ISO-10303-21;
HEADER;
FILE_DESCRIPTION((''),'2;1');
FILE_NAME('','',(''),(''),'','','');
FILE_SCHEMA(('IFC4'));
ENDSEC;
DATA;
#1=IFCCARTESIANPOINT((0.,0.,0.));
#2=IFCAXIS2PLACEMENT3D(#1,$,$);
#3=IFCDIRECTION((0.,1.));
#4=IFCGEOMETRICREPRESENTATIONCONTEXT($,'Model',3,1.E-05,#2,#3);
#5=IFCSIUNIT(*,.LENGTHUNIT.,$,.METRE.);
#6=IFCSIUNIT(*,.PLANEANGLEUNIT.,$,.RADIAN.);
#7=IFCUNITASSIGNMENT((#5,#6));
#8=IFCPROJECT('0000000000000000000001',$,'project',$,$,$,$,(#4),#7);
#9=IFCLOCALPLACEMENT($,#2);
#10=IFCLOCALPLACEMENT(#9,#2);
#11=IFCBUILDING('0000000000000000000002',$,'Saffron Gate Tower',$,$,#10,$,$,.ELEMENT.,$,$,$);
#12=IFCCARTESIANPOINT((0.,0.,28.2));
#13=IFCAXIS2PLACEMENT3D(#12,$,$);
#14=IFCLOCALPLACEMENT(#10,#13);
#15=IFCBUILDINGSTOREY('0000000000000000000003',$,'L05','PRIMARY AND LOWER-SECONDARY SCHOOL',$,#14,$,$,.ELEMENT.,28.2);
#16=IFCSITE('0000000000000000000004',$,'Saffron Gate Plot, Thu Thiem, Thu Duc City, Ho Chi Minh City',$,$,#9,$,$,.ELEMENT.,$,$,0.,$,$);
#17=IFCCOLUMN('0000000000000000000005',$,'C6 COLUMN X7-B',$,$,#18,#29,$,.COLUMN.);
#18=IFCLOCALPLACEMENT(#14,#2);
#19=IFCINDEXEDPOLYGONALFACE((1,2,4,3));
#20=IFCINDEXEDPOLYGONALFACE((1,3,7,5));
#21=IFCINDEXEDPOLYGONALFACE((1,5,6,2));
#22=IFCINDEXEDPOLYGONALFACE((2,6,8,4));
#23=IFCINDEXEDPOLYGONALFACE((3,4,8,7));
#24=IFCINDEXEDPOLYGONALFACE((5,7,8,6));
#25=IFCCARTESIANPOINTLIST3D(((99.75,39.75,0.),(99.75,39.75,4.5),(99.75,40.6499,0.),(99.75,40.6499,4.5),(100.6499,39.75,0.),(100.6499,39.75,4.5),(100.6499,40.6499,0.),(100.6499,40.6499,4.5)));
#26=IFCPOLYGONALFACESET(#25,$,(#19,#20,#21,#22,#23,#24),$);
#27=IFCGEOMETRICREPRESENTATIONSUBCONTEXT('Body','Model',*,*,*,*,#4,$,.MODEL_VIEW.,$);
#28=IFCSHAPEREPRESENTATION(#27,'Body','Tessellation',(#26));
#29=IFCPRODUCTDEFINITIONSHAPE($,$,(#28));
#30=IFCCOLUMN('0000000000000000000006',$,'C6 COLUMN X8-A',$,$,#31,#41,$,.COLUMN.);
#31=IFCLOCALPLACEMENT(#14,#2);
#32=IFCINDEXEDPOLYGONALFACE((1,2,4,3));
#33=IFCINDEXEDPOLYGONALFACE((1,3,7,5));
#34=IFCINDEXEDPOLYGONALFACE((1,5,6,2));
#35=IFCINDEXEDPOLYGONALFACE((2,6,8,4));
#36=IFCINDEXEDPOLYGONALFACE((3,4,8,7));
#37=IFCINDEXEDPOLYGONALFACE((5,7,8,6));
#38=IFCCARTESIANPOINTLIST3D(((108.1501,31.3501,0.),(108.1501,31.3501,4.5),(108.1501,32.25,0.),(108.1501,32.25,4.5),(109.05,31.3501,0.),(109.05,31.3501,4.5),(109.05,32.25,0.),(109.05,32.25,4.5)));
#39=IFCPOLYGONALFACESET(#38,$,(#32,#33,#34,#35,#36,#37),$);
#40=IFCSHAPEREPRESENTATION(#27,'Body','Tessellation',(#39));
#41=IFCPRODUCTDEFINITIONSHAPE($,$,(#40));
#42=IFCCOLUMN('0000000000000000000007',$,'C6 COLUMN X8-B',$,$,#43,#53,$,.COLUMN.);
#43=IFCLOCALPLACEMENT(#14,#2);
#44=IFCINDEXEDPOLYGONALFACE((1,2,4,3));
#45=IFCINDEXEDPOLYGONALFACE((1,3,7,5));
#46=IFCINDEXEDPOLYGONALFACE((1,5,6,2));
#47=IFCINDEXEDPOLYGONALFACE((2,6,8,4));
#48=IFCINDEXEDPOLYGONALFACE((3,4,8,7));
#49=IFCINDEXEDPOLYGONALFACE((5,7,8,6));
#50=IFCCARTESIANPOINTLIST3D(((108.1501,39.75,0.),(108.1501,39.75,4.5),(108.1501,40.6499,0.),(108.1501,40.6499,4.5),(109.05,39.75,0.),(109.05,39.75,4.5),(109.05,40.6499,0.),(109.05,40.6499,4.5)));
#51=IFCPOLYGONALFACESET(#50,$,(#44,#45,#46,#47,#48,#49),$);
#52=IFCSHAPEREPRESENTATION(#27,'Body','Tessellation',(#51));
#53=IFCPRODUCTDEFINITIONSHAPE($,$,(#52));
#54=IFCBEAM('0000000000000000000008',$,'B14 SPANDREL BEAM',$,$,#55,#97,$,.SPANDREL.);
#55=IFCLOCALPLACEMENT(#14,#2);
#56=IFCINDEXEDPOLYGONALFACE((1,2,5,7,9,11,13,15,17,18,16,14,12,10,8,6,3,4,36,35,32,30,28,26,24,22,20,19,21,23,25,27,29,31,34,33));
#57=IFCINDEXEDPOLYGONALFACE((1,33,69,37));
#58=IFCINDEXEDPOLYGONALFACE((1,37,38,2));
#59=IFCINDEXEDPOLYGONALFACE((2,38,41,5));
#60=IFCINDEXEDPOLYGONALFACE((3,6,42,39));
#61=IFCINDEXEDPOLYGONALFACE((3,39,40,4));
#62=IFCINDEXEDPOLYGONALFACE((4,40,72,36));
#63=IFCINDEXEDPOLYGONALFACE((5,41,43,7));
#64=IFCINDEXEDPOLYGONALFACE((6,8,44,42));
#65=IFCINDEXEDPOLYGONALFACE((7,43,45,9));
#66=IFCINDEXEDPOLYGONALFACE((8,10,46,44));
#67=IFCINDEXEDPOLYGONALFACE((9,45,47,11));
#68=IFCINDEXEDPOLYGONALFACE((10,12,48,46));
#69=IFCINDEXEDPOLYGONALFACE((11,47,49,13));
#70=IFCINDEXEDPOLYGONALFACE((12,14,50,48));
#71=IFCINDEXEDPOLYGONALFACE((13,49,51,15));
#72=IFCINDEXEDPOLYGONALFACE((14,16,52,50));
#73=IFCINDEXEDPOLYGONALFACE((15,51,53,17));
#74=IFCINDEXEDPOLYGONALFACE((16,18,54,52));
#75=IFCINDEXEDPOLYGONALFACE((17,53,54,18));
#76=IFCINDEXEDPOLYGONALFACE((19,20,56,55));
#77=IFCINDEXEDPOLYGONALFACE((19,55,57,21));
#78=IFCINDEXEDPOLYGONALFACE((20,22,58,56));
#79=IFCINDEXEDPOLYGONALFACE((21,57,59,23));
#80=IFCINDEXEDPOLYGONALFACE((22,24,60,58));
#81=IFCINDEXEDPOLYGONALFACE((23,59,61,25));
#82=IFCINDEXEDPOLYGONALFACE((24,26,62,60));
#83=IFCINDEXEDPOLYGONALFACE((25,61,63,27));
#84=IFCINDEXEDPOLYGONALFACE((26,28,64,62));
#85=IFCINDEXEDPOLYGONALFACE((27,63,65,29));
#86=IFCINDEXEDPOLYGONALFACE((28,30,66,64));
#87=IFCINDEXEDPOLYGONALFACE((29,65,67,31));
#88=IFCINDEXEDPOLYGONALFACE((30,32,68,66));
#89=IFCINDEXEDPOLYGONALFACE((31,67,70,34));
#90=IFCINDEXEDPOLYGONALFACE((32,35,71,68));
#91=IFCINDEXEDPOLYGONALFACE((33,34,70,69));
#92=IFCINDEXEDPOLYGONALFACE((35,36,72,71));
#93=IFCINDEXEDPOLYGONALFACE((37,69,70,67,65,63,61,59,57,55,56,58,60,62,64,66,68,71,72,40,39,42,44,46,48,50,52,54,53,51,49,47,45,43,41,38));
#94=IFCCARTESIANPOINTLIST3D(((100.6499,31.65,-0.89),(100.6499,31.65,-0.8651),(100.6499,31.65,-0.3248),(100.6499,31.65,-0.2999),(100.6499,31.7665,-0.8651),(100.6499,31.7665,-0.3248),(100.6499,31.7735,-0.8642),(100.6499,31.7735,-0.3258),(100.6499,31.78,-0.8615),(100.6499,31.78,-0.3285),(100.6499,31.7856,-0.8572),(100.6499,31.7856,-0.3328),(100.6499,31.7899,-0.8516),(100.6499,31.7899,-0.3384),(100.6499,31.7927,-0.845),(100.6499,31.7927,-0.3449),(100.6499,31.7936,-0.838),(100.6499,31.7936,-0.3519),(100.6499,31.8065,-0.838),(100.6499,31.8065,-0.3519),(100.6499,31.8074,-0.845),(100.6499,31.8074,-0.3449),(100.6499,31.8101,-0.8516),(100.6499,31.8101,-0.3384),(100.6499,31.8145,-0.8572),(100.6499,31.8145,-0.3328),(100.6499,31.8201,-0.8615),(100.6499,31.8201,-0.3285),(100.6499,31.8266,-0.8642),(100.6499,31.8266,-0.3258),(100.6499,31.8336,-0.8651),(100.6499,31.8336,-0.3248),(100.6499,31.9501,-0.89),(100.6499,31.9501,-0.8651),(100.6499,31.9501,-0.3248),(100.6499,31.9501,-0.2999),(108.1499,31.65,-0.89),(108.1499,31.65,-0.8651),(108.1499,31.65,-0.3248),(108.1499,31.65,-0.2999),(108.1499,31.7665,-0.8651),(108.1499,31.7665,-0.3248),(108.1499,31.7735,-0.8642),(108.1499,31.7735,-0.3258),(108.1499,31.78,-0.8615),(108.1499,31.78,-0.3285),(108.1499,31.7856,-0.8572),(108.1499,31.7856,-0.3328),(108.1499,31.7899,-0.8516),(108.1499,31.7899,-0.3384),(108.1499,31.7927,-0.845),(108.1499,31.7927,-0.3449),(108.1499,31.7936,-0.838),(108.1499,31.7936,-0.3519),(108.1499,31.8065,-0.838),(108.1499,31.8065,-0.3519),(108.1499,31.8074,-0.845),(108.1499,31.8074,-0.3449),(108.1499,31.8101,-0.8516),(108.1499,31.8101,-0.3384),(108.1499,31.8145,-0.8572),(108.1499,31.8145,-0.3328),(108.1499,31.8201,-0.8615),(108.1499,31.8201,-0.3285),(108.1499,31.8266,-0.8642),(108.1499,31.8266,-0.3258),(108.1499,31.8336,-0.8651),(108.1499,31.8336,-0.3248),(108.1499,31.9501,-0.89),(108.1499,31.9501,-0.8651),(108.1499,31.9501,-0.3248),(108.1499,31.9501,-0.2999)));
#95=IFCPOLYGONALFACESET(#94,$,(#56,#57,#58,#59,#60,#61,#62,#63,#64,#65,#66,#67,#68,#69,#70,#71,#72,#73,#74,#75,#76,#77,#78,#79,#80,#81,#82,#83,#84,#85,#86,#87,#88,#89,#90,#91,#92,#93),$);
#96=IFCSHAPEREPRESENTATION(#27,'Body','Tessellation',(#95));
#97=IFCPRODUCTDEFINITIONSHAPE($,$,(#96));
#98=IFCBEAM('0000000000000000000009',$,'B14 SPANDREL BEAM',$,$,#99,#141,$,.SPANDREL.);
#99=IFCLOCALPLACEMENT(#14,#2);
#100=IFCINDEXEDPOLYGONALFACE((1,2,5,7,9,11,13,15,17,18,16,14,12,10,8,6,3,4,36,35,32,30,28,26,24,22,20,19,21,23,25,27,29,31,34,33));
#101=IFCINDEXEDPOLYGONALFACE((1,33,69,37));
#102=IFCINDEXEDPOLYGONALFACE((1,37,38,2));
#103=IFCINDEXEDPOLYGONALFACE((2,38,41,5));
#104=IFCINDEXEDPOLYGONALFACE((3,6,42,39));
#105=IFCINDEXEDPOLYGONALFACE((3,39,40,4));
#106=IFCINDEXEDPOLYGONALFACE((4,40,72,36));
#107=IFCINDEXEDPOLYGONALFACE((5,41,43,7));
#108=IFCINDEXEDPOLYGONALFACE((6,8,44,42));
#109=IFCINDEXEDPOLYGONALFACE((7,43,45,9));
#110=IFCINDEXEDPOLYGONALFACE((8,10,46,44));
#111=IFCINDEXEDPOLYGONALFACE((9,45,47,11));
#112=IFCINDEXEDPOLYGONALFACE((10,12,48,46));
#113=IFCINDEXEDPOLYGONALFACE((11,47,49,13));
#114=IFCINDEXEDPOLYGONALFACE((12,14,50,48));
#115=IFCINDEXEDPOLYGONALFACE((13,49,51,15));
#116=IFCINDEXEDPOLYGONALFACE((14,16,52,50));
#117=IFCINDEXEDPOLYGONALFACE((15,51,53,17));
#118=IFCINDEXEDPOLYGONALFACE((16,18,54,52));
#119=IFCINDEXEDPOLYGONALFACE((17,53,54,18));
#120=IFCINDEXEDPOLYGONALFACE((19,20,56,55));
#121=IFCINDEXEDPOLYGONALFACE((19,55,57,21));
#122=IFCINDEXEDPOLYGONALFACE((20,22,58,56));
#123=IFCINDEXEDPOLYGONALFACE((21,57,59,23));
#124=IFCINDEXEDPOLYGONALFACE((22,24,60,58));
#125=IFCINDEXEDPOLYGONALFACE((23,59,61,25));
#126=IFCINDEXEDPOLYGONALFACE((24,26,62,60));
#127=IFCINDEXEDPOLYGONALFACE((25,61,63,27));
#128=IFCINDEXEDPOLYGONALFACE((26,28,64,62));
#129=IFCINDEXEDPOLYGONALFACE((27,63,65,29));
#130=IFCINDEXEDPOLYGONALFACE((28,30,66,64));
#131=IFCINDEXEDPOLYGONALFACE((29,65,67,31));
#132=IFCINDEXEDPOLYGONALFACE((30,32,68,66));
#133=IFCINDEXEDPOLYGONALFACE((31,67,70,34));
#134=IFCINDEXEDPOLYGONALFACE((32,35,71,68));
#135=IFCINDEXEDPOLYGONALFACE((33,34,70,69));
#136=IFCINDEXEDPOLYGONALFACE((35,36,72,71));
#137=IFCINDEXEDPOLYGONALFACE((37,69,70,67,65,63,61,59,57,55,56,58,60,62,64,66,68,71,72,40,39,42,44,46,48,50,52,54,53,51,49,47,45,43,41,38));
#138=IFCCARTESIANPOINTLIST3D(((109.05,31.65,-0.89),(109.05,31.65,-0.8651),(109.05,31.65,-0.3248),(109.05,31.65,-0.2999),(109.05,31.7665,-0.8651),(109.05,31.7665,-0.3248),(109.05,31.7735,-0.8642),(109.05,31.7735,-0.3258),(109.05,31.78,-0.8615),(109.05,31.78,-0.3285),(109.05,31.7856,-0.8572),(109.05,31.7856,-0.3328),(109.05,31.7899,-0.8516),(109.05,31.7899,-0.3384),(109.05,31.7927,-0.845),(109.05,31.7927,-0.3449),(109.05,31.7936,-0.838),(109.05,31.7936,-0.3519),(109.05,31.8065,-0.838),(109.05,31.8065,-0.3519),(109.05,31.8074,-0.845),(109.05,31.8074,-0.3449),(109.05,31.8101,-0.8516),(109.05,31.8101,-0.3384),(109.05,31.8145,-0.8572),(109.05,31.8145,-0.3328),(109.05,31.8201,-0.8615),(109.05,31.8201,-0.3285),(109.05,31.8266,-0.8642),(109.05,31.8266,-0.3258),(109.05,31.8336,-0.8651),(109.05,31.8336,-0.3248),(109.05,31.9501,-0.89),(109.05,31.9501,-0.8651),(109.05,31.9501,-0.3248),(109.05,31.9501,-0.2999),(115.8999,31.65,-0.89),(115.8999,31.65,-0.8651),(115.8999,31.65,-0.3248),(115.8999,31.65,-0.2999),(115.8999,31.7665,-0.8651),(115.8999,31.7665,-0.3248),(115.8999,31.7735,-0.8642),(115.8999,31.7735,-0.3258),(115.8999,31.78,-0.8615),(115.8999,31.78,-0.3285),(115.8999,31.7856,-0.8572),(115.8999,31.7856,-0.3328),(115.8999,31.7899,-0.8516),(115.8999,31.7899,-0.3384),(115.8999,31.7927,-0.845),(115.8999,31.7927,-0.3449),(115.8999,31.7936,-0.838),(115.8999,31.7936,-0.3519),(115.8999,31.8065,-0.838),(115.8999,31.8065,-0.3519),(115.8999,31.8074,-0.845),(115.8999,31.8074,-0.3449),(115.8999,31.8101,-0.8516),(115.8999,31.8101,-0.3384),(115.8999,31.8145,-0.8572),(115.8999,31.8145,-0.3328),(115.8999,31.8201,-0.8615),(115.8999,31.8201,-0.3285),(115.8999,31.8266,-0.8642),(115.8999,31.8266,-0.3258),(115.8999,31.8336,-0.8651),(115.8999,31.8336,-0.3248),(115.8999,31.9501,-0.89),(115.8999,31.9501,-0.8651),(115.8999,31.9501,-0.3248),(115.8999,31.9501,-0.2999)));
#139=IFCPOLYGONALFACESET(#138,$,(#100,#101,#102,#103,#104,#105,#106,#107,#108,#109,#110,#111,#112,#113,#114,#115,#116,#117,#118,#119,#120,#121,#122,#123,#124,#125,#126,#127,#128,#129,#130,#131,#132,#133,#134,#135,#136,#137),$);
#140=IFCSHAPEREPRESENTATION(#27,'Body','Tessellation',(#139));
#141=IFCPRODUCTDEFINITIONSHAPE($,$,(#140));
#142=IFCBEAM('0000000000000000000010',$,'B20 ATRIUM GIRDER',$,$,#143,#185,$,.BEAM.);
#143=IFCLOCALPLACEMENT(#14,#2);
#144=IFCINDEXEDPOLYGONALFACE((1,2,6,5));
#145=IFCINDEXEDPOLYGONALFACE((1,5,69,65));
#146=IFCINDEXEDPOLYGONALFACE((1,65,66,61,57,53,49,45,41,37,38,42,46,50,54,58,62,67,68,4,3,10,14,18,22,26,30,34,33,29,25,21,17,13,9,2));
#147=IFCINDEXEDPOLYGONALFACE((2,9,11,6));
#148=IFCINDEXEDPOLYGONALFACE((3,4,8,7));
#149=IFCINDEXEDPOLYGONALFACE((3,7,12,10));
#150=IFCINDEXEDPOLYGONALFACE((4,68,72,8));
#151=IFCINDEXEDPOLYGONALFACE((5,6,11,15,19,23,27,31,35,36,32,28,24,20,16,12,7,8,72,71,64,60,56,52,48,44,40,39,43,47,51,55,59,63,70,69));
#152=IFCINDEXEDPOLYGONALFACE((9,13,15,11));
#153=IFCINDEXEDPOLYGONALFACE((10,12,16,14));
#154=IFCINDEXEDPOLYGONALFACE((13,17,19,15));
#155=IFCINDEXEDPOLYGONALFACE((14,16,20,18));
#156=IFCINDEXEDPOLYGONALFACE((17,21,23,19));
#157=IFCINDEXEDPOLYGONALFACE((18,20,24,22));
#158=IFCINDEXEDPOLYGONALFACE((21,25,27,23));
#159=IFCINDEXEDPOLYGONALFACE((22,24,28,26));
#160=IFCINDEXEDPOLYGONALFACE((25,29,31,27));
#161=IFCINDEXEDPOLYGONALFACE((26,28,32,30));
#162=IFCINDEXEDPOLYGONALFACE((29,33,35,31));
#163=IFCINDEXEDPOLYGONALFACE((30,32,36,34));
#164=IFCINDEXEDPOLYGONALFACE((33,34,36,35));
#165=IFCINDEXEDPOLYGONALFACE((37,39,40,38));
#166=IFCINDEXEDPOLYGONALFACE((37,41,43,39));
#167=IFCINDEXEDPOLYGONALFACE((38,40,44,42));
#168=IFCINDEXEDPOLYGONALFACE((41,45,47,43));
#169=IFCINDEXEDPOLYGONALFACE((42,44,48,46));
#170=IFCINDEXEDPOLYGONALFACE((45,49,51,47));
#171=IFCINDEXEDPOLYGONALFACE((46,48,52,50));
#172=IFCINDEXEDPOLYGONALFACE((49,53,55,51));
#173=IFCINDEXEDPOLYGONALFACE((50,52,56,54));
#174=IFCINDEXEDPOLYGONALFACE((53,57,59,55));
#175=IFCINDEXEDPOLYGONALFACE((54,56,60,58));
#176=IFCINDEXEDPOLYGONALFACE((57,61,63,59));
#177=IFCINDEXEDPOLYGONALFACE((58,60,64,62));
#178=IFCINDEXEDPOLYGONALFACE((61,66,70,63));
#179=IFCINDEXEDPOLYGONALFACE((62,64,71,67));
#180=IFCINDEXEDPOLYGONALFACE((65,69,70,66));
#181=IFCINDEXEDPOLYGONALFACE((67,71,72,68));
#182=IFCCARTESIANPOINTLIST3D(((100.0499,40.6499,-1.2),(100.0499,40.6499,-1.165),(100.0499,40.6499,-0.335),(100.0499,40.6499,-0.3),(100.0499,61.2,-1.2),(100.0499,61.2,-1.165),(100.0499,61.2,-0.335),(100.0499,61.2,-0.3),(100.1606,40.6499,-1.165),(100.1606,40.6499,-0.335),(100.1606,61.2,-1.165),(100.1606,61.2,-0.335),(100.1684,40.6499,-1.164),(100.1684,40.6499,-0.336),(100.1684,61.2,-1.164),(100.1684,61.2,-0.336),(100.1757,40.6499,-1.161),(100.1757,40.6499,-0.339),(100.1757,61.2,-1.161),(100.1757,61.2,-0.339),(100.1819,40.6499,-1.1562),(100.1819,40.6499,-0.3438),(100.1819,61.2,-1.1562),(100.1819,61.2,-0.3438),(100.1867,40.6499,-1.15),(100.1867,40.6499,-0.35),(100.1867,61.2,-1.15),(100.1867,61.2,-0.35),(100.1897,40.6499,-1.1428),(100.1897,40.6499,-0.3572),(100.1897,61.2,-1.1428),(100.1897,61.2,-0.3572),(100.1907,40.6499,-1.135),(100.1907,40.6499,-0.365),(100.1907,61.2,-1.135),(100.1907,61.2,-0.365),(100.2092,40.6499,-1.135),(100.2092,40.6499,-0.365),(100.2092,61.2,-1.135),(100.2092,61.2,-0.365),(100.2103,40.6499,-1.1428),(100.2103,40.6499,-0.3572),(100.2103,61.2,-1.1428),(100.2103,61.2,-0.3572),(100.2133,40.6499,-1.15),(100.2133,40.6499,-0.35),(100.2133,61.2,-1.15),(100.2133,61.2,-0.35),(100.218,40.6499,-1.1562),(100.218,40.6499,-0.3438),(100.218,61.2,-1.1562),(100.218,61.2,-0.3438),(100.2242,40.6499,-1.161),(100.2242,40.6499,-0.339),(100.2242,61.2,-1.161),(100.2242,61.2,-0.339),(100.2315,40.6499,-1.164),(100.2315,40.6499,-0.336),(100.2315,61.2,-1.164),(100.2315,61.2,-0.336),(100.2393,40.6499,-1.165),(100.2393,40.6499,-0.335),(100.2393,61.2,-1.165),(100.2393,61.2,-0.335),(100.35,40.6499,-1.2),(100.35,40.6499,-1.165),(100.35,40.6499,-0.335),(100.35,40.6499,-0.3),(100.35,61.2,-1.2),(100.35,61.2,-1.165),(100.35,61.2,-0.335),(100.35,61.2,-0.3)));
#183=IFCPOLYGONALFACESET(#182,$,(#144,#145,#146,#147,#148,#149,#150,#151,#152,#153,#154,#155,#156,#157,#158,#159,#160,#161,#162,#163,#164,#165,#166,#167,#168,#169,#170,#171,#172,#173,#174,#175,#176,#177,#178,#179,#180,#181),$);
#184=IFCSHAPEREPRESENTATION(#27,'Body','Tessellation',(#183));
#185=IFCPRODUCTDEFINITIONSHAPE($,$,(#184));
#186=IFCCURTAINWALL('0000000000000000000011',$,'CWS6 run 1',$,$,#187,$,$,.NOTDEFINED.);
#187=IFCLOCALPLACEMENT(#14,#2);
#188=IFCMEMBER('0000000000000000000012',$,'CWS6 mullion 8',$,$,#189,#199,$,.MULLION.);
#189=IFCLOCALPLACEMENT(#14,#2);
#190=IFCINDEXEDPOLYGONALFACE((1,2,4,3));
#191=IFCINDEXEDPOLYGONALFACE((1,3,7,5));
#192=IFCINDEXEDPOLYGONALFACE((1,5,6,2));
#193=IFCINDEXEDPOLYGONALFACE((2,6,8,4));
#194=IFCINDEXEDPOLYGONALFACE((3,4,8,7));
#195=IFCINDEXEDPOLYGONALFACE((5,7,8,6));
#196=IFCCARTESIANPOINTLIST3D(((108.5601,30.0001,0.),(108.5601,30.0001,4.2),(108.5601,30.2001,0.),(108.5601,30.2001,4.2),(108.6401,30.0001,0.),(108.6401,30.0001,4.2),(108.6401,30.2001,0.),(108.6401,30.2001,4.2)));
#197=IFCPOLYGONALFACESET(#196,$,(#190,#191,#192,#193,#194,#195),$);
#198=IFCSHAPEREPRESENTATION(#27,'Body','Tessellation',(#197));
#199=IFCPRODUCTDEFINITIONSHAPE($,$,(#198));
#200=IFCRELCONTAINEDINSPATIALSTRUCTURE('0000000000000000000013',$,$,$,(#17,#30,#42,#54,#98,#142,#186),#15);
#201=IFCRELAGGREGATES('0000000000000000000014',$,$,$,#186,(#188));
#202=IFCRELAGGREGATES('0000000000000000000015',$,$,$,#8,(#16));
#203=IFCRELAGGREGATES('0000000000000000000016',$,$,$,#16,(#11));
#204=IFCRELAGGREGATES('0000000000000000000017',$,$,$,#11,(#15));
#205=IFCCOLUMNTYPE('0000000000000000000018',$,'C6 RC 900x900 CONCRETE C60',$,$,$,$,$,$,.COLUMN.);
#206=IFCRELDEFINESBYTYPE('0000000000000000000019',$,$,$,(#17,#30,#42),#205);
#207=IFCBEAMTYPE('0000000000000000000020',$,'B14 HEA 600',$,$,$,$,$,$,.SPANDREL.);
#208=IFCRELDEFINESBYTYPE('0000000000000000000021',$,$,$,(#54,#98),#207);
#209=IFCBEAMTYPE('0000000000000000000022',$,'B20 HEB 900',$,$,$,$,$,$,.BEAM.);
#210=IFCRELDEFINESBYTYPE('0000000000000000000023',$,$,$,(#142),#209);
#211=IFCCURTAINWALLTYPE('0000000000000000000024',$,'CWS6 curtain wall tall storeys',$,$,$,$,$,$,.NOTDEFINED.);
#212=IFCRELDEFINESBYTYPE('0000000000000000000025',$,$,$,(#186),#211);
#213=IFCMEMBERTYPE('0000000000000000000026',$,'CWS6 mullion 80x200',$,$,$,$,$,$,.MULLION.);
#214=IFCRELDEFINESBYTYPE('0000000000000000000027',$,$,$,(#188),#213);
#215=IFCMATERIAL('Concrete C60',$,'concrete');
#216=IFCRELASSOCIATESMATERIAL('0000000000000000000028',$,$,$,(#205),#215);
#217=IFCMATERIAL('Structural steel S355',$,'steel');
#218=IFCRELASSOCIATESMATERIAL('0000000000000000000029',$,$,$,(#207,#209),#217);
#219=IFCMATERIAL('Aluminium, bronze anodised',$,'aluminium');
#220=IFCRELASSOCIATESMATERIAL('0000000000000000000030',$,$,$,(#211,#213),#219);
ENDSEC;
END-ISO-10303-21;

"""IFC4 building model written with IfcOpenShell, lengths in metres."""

from ifc_helpers import new_model, si_unit, direction, frame, origin, origin_2d, place, context, subcontext, project, spatial, rectangle, i_section, extrude, material, material_profile, profile_set, type_object, element, aggregate, save


model = new_model("IFC4")

# Units and contexts
model_context = context("Model", 3, precision=1e-05, world=origin(), true_north=direction((0.0, 1.0)))
body_context = subcontext(model_context, "Body", "Model", "MODEL_VIEW")
ifc_project = project(units=[si_unit("LENGTHUNIT", "METRE"), si_unit("PLANEANGLEUNIT", "RADIAN")], contexts=[model_context])

# Site, building, storey
site_placement = place(None, origin())
site = spatial("IfcSite", under=ifc_project, at=site_placement, Name="Saffron Gate Plot, Thu Thiem, Thu Duc City, Ho Chi Minh City", CompositionType="ELEMENT", RefElevation=0.0)
building_placement = place(site_placement, origin())
building = spatial("IfcBuilding", under=site, at=building_placement, Name="Saffron Gate Tower", CompositionType="ELEMENT")
storey_placement = place(building_placement, frame((0.0, 0.0, 28.2)))
storey = spatial("IfcBuildingStorey", under=building, at=storey_placement, Name="L05", Description="PRIMARY AND LOWER-SECONDARY SCHOOL", CompositionType="ELEMENT", Elevation=28.2)

# Columns
ifc_material_1 = material(Name="Concrete C60", Category="concrete")
ifc_material_profile_1 = material_profile(ifc_material_1, rectangle(XDim=0.8999, YDim=0.8999, at=origin_2d()))
ifc_profile_set_1 = profile_set([ifc_material_profile_1], Name="Concrete C60")
column_type = type_object("IfcColumnType", Name="C6 RC 900x900 CONCRETE C60", PredefinedType="COLUMN", material=ifc_profile_set_1)
for number, where, z_axis, x_axis, name in (
    (1, (100.2, 40.2, 0.0), (0.0, 0.0, 1.0), (1.0, 0.0, 0.0), "C6 COLUMN X7-B"),
    (2, (108.6001, 31.8, 0.0), (0.0, 0.0, 1.0), (1.0, 0.0, 0.0), "C6 COLUMN X8-A"),
    (3, (108.6001, 40.2, 0.0), (0.0, 0.0, 1.0), (1.0, 0.0, 0.0), "C6 COLUMN X8-B"),
):
    element("IfcColumn", number, at=place(storey_placement, frame(where, z_axis=z_axis, x_axis=x_axis)), inside=storey, type_object=column_type, Name=name, PredefinedType="COLUMN", context=body_context, shape_type="SweptSolid", body=[
        extrude(rectangle(XDim=0.8999, YDim=0.8999, at=origin_2d()), origin(), (0.0, 0.0, 1.0), 4.5),
    ])

# Beams
ifc_material_2 = material(Name="Structural steel S355", Category="steel")
ifc_material_profile_2 = material_profile(ifc_material_2, i_section(OverallWidth=0.3, OverallDepth=0.5901, WebThickness=0.0129, FlangeThickness=0.0249, FilletRadius=0.0271, at=origin_2d()))
ifc_profile_set_2 = profile_set([ifc_material_profile_2], Name="Structural steel S355")
beam_type_1 = type_object("IfcBeamType", Name="B14 HEA 600", PredefinedType="SPANDREL", material=ifc_profile_set_2)
beam_1_placement = place(storey_placement, frame((100.6499, 31.8, -0.595), z_axis=(1.0, 0.0, 0.0), x_axis=(0.0, 1.0, 0.0)))
element("IfcBeam", 4, at=beam_1_placement, inside=storey, type_object=beam_type_1, Name="B14 SPANDREL BEAM", PredefinedType="SPANDREL", context=body_context, shape_type="SweptSolid", body=[
    extrude(i_section(OverallWidth=0.3, OverallDepth=0.5901, WebThickness=0.0129, FlangeThickness=0.0249, FilletRadius=0.0271, at=origin_2d()), origin(), (0.0, 0.0, 1.0), 7.5),
])
beam_2_placement = place(storey_placement, frame((109.05, 31.8, -0.595), z_axis=(1.0, 0.0, 0.0), x_axis=(0.0, 1.0, 0.0)))
element("IfcBeam", 5, at=beam_2_placement, inside=storey, type_object=beam_type_1, Name="B14 SPANDREL BEAM", PredefinedType="SPANDREL", context=body_context, shape_type="SweptSolid", body=[
    extrude(i_section(OverallWidth=0.3, OverallDepth=0.5901, WebThickness=0.0129, FlangeThickness=0.0249, FilletRadius=0.0271, at=origin_2d()), origin(), (0.0, 0.0, 1.0), 6.8499),
])
ifc_material_profile_3 = material_profile(ifc_material_2, i_section(OverallWidth=0.3, OverallDepth=0.8999, WebThickness=0.0186, FlangeThickness=0.0349, FilletRadius=0.03, at=origin_2d()))
ifc_profile_set_3 = profile_set([ifc_material_profile_3], Name="Structural steel S355")
beam_type_2 = type_object("IfcBeamType", Name="B20 HEB 900", PredefinedType="BEAM", material=ifc_profile_set_3)
beam_3_placement = place(storey_placement, frame((100.2, 40.6499, -0.75), z_axis=(0.0, 1.0, 0.0), x_axis=(-1.0, 0.0, 0.0)))
element("IfcBeam", 6, at=beam_3_placement, inside=storey, type_object=beam_type_2, Name="B20 ATRIUM GIRDER", PredefinedType="BEAM", context=body_context, shape_type="SweptSolid", body=[
    extrude(i_section(OverallWidth=0.3, OverallDepth=0.8999, WebThickness=0.0186, FlangeThickness=0.0349, FilletRadius=0.03, at=origin_2d()), origin(), (0.0, 0.0, 1.0), 20.55),
])

# Curtain wall, member
ifc_material_3 = material(Name="Aluminium, bronze anodised", Category="aluminium")
curtain_wall_type = type_object("IfcCurtainWallType", Name="CWS6 curtain wall tall storeys", PredefinedType="NOTDEFINED", material=ifc_material_3)
curtain_wall_placement = place(storey_placement, origin())
curtain_wall = element("IfcCurtainWall", 7, at=curtain_wall_placement, inside=storey, type_object=curtain_wall_type, Name="CWS6 run 1", PredefinedType="NOTDEFINED")
ifc_material_profile_4 = material_profile(ifc_material_3, rectangle(XDim=0.2, YDim=0.0801, at=origin_2d()))
ifc_profile_set_4 = profile_set([ifc_material_profile_4], Name="Aluminium, bronze anodised")
member_type = type_object("IfcMemberType", Name="CWS6 mullion 80x200", PredefinedType="MULLION", material=ifc_profile_set_4)
member_placement = place(storey_placement, frame((108.6001, 30.1001, 0.0), z_axis=(0.0, 0.0, 1.0), x_axis=(0.0, 1.0, 0.0)))
member = element("IfcMember", 8, at=member_placement, type_object=member_type, Name="CWS6 mullion 8", PredefinedType="MULLION", context=body_context, shape_type="SweptSolid", body=[
    extrude(rectangle(XDim=0.2, YDim=0.0801, at=origin_2d()), origin(), (0.0, 0.0, 1.0), 4.2),
])
aggregate(curtain_wall, [member])

save(model, "model.ifc")
